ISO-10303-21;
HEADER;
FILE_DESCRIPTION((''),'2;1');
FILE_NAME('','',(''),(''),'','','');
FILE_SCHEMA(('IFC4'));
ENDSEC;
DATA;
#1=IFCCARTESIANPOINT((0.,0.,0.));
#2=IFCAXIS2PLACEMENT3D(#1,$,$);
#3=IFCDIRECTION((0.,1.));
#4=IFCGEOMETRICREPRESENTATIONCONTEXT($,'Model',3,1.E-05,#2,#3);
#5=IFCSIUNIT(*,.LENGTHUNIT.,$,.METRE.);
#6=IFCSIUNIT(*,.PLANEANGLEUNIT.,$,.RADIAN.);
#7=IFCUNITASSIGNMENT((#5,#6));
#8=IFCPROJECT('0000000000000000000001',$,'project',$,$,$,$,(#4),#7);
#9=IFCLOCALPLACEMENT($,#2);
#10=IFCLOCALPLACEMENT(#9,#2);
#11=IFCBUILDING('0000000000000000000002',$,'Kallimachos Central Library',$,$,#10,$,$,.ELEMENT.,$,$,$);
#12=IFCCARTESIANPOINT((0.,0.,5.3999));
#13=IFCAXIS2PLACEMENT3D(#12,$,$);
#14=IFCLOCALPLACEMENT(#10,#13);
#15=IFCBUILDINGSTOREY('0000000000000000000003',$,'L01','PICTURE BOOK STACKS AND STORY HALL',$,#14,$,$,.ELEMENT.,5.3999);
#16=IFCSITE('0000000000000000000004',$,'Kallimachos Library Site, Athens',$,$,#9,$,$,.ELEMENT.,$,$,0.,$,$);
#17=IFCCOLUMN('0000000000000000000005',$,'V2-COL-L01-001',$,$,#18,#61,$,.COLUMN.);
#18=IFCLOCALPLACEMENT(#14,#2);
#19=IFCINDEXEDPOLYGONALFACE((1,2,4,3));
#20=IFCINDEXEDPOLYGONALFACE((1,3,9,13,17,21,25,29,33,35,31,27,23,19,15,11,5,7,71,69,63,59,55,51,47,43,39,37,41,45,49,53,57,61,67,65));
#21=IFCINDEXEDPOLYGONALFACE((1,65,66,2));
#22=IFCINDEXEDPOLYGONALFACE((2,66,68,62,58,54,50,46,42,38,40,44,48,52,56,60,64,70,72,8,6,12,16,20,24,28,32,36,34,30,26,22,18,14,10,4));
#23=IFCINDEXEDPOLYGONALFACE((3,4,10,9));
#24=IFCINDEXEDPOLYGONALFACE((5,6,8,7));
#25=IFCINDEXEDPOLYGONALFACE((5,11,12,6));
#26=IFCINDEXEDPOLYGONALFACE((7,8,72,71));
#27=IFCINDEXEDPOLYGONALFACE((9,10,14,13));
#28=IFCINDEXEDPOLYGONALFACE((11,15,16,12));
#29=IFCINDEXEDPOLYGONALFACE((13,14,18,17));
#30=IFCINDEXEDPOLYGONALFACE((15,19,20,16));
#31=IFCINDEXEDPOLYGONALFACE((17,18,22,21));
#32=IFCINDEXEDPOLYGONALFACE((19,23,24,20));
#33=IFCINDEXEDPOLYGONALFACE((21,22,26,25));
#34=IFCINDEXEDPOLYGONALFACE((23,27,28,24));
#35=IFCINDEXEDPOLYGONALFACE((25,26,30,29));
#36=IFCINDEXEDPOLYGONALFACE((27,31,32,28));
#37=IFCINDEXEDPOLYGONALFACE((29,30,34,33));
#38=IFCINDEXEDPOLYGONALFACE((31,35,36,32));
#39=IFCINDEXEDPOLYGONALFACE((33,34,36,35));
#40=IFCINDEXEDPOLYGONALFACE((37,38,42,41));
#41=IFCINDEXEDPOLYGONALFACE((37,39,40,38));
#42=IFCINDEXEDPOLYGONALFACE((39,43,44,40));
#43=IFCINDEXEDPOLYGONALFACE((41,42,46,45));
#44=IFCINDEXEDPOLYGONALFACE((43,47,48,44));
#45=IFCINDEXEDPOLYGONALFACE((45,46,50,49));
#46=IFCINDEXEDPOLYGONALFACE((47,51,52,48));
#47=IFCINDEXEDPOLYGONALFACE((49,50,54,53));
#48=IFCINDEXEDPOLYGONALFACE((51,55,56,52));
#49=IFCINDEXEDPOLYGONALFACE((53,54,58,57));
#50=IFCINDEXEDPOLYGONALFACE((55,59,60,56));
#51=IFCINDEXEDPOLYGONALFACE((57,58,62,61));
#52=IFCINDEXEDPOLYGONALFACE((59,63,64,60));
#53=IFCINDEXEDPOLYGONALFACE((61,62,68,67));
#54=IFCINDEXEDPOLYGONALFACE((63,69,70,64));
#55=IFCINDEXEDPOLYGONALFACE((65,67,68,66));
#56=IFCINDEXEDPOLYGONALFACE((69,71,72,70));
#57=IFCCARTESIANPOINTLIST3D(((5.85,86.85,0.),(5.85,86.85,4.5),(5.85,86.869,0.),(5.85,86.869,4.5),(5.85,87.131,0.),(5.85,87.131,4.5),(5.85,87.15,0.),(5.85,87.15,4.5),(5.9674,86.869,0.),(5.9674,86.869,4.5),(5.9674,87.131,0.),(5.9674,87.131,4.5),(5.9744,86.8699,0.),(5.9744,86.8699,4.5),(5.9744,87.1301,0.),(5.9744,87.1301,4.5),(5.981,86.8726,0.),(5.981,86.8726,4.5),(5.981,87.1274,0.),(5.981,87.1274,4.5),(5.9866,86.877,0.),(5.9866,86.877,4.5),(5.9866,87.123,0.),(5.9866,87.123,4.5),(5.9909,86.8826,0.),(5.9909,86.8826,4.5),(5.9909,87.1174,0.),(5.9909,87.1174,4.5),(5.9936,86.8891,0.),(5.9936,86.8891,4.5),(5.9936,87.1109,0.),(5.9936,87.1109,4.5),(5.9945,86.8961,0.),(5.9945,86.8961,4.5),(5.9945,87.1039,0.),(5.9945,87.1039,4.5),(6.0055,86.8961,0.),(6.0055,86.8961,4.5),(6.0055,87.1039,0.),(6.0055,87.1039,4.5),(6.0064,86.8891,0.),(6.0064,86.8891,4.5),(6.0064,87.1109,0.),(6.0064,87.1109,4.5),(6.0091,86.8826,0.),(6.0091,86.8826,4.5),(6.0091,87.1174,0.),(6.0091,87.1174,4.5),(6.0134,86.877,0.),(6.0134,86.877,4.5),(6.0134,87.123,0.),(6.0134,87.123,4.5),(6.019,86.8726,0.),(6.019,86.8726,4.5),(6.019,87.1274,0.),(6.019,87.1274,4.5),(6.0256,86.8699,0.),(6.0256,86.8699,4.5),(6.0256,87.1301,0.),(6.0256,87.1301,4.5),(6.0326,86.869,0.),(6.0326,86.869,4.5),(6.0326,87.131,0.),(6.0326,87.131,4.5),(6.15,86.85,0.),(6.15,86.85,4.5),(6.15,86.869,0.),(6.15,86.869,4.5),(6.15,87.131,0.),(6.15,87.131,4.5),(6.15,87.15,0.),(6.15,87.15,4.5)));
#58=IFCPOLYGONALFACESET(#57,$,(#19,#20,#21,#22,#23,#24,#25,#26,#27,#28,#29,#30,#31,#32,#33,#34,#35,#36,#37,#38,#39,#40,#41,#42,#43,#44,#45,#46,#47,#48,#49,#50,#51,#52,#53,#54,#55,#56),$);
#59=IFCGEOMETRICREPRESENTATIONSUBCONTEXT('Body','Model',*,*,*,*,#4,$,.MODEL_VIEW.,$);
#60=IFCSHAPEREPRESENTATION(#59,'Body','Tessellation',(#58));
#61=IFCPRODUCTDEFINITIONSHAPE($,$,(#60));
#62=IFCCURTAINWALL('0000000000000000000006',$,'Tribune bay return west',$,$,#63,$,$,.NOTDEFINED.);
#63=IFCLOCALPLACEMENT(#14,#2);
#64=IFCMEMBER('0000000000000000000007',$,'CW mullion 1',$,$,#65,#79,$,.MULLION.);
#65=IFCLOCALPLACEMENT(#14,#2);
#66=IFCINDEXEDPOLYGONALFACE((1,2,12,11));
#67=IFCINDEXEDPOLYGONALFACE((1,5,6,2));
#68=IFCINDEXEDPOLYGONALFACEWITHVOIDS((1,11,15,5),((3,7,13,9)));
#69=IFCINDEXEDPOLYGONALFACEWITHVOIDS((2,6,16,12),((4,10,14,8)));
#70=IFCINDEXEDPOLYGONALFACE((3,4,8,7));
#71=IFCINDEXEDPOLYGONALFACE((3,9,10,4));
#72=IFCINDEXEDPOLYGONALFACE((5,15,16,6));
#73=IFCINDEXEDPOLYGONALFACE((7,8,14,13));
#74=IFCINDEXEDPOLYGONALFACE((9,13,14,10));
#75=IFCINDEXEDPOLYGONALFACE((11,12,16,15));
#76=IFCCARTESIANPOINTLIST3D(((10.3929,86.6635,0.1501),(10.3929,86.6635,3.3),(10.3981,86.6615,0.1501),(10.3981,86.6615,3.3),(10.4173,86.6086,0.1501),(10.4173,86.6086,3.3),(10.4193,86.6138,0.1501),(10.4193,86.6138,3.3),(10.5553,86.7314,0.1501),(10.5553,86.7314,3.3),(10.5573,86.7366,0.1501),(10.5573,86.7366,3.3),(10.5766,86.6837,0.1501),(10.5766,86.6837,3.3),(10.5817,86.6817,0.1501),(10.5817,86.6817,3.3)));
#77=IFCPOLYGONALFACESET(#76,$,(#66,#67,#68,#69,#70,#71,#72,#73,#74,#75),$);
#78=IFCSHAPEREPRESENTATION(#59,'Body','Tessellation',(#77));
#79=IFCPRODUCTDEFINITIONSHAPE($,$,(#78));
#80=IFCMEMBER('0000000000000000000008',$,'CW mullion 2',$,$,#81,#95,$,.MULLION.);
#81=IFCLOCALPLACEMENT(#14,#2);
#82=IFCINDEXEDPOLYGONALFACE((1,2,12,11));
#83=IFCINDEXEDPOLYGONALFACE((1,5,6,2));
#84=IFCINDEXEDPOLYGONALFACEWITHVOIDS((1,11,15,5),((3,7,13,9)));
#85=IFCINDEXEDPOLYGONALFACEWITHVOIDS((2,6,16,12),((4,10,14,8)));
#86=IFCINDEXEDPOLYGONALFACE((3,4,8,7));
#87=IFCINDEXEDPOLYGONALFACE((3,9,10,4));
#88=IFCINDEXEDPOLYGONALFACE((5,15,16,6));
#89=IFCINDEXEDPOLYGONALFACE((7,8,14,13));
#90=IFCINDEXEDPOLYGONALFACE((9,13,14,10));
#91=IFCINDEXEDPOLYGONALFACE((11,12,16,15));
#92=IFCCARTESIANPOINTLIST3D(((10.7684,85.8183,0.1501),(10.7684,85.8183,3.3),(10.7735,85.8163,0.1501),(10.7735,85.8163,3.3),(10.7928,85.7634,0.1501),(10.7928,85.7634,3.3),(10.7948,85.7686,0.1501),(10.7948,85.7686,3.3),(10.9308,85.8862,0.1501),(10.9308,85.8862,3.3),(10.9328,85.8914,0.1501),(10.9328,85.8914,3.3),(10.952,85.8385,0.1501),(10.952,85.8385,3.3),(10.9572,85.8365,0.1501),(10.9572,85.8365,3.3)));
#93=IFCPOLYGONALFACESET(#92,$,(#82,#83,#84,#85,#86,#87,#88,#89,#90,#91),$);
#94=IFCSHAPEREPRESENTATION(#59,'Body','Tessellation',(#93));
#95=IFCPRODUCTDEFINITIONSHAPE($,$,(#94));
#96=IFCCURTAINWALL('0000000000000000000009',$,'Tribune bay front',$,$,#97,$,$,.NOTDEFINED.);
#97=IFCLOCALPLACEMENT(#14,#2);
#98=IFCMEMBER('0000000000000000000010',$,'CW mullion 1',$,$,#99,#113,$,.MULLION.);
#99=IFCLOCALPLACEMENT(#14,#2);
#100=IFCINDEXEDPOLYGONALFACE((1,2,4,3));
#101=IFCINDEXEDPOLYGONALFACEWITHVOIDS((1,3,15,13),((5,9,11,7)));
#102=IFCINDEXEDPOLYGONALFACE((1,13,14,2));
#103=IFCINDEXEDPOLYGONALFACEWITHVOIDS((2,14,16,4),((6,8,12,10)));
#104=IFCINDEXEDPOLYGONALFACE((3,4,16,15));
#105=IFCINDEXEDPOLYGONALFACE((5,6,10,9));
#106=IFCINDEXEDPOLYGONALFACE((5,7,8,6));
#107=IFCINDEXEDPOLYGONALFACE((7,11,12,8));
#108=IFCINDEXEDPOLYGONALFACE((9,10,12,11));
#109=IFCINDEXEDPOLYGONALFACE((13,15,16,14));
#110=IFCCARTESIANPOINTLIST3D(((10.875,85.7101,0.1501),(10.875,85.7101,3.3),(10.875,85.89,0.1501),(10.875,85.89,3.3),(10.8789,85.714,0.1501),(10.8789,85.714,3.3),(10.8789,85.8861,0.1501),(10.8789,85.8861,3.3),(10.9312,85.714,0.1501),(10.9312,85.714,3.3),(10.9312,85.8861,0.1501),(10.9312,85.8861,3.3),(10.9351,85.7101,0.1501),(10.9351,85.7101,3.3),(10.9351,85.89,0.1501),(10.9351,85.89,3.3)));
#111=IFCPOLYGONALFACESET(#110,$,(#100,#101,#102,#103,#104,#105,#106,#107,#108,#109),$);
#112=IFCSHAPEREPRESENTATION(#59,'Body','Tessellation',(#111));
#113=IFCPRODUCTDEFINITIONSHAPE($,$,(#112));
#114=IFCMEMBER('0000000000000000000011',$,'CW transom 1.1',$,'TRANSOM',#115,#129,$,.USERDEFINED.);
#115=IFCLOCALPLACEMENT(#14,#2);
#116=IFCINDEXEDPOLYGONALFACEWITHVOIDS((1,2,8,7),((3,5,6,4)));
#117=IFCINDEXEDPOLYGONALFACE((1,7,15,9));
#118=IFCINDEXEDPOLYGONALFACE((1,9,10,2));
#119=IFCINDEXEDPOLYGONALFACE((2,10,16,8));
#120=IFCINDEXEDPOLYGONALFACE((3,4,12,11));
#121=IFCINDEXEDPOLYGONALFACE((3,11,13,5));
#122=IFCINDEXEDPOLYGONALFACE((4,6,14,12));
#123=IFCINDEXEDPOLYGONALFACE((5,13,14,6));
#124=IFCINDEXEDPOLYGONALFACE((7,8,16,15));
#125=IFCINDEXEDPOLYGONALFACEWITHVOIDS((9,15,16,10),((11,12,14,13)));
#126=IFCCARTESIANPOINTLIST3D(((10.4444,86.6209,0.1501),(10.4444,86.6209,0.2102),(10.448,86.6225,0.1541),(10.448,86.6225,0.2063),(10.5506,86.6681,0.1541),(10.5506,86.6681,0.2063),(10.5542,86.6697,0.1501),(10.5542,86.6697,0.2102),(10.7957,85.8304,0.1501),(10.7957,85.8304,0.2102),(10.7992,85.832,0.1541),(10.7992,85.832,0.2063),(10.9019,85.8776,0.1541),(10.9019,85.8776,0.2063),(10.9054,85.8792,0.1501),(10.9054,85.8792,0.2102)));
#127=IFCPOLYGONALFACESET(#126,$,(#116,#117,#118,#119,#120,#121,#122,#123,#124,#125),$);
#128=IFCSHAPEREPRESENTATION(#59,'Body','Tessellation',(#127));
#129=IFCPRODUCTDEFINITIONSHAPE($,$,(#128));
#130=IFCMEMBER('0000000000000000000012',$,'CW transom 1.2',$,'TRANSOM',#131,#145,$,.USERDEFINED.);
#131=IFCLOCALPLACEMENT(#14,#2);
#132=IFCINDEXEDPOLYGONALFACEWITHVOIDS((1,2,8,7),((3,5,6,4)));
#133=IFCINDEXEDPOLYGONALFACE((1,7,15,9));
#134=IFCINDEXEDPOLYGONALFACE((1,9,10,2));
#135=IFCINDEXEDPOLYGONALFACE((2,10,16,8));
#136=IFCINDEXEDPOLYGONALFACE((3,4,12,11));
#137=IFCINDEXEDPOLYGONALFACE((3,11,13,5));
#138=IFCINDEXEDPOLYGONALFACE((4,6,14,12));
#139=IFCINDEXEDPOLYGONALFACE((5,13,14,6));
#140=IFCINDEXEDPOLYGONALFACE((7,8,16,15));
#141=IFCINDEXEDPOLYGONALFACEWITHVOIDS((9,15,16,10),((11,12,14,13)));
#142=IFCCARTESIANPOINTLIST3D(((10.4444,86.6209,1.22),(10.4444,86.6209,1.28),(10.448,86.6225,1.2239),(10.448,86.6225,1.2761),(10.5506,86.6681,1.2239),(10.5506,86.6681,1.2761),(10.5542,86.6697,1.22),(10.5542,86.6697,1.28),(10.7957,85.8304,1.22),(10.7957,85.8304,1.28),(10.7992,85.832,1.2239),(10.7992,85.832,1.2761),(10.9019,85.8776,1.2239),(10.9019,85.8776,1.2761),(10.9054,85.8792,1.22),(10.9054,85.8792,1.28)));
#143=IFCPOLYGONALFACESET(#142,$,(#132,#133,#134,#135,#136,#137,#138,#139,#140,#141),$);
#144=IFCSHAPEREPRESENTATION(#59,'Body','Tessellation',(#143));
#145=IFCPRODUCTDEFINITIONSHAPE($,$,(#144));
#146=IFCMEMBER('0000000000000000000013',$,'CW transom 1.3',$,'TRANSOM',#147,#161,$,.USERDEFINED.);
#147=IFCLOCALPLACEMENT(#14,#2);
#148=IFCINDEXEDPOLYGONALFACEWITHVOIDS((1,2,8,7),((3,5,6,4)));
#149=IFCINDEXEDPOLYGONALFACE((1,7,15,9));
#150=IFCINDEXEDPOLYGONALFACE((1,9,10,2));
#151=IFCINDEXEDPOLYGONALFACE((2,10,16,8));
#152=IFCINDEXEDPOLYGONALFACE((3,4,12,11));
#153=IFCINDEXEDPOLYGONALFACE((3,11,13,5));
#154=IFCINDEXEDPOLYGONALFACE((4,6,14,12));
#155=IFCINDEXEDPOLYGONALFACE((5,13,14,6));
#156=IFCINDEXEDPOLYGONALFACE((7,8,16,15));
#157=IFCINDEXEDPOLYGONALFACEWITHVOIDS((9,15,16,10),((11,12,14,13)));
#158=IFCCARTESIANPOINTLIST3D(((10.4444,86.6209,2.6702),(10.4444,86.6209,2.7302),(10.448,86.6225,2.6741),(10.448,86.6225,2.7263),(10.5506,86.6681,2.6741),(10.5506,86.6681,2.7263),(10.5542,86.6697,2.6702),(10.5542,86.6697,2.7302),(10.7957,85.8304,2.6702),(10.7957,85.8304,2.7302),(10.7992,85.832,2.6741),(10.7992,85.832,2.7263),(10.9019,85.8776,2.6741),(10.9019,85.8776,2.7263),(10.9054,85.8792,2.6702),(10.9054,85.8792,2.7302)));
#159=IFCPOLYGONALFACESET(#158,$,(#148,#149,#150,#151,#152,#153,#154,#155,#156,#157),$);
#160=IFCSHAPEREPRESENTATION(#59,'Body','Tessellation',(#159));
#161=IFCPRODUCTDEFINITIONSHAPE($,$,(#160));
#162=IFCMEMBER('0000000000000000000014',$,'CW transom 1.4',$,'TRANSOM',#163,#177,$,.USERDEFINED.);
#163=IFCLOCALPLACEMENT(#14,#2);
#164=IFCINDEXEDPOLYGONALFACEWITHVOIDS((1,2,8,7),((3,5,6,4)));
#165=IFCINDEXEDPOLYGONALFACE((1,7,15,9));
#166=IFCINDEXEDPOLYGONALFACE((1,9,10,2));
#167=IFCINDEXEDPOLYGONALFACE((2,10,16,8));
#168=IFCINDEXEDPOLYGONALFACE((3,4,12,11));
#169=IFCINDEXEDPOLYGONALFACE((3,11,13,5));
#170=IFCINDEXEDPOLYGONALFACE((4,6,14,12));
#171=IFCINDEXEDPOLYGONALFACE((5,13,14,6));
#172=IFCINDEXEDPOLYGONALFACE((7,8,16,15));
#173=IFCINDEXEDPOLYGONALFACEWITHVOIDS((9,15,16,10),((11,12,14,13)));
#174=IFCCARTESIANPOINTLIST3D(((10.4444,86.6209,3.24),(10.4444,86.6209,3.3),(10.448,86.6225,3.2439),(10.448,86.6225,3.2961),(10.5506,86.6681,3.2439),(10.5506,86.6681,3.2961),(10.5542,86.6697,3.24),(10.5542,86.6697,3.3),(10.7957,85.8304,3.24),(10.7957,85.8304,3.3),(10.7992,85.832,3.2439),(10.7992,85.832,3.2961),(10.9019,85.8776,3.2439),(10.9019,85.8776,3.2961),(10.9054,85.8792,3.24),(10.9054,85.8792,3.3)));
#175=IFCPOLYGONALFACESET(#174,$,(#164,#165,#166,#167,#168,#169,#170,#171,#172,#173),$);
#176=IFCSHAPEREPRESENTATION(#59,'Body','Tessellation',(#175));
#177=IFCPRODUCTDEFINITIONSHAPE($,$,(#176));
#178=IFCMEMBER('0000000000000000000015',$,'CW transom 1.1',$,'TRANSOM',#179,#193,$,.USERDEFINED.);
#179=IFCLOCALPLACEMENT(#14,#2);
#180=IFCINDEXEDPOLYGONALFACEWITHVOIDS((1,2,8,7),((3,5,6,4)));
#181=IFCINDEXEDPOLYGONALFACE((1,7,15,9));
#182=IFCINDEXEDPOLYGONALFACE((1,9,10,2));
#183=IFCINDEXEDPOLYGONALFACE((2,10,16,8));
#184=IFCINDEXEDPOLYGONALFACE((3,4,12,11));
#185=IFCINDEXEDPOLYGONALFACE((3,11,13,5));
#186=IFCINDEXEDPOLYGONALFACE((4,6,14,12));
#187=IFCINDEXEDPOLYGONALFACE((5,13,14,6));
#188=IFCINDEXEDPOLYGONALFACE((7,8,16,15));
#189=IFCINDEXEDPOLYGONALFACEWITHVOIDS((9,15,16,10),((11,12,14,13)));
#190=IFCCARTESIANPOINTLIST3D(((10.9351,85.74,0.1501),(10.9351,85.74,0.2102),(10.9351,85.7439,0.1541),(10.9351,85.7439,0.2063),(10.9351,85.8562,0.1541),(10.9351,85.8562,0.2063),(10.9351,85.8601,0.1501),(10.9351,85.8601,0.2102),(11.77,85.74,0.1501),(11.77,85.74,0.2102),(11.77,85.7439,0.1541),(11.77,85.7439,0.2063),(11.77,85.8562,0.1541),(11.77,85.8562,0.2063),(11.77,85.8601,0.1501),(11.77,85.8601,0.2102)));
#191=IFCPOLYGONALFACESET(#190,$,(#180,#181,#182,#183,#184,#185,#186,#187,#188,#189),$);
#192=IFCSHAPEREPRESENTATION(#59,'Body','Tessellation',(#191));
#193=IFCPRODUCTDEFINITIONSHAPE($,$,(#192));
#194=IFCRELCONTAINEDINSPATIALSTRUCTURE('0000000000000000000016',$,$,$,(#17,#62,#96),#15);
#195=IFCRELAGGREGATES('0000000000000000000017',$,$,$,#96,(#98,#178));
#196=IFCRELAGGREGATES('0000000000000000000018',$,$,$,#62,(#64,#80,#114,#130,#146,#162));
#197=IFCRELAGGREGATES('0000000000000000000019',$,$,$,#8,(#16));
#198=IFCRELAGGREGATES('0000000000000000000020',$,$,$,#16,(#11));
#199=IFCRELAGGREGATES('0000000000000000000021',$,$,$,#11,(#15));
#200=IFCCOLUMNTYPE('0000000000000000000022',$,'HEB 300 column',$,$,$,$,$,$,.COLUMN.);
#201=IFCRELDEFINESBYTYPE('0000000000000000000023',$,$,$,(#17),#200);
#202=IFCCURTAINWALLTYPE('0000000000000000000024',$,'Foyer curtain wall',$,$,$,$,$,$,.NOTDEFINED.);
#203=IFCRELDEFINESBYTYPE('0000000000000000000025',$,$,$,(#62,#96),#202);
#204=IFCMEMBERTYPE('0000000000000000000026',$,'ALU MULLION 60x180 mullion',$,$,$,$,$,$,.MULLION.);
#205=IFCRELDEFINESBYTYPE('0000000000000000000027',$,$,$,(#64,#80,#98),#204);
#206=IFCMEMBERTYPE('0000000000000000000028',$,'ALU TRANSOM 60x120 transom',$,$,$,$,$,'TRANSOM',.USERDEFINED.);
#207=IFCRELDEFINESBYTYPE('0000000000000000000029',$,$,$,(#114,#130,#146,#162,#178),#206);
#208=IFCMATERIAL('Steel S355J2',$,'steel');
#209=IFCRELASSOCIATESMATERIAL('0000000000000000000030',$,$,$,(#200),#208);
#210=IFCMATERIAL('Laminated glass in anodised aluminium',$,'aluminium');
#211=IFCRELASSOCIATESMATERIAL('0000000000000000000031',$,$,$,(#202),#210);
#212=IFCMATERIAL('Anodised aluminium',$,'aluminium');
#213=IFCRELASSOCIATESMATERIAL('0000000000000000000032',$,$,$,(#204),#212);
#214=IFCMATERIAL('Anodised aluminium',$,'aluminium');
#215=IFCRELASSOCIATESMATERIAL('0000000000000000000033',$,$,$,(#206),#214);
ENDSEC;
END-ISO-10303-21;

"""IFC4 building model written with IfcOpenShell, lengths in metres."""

from ifc_helpers import new_model, si_unit, direction, frame, origin, origin_2d, place, context, subcontext, project, spatial, hollow_rectangle, i_section, extrude, material, material_profile, profile_set, type_object, element, aggregate, save


model = new_model("IFC4")

# Units and contexts
model_context = context("Model", 3, precision=1e-05, world=origin(), true_north=direction((0.0, 1.0)))
body_context = subcontext(model_context, "Body", "Model", "MODEL_VIEW")
ifc_project = project(units=[si_unit("LENGTHUNIT", "METRE"), si_unit("PLANEANGLEUNIT", "RADIAN")], contexts=[model_context])

# Site, building, storey
site_placement = place(None, origin())
site = spatial("IfcSite", under=ifc_project, at=site_placement, Name="Kallimachos Library Site, Athens", CompositionType="ELEMENT", RefElevation=0.0)
building_placement = place(site_placement, origin())
building = spatial("IfcBuilding", under=site, at=building_placement, Name="Kallimachos Central Library", CompositionType="ELEMENT")
storey_placement = place(building_placement, frame((0.0, 0.0, 5.3999)))
storey = spatial("IfcBuildingStorey", under=building, at=storey_placement, Name="L01", Description="PICTURE BOOK STACKS AND STORY HALL", CompositionType="ELEMENT", Elevation=5.3999)

# Column
ifc_material_1 = material(Name="Steel S355J2", Category="steel")
ifc_material_profile_1 = material_profile(ifc_material_1, i_section(OverallWidth=0.3, OverallDepth=0.3, WebThickness=0.011, FlangeThickness=0.019, FilletRadius=0.0271, at=origin_2d()), Name="HEB 300")
ifc_profile_set_1 = profile_set([ifc_material_profile_1], Name="Steel S355J2")
column_type = type_object("IfcColumnType", Name="HEB 300 column", PredefinedType="COLUMN", material=ifc_profile_set_1)
column_placement = place(storey_placement, frame((6.0, 87.0, 0.0), z_axis=(0.0, 0.0, 1.0), x_axis=(1.0, 0.0, 0.0)))
element("IfcColumn", 1, at=column_placement, inside=storey, type_object=column_type, Name="V2-COL-L01-001", PredefinedType="COLUMN", context=body_context, shape_type="SweptSolid", body=[
    extrude(i_section(OverallWidth=0.3, OverallDepth=0.3, WebThickness=0.011, FlangeThickness=0.019, FilletRadius=0.0271, at=origin_2d()), origin(), (0.0, 0.0, 1.0), 4.5),
])

# Curtain wall, members
ifc_material_2 = material(Name="Laminated glass in anodised aluminium", Category="aluminium")
curtain_wall_type = type_object("IfcCurtainWallType", Name="Foyer curtain wall", PredefinedType="NOTDEFINED", material=ifc_material_2)
curtain_wall_1_placement = place(storey_placement, origin())
curtain_wall_1 = element("IfcCurtainWall", 2, at=curtain_wall_1_placement, inside=storey, type_object=curtain_wall_type, Name="Tribune bay return west", PredefinedType="NOTDEFINED")
ifc_material_3 = material(Name="Anodised aluminium", Category="aluminium")
ifc_material_profile_2 = material_profile(ifc_material_3, hollow_rectangle(XDim=0.0601, YDim=0.1799, WallThickness=0.0039, at=origin_2d()), Name="ALU MULLION 60x180")
ifc_profile_set_2 = profile_set([ifc_material_profile_2], Name="Anodised aluminium")
member_type_1 = type_object("IfcMemberType", Name="ALU MULLION 60x180 mullion", PredefinedType="MULLION", material=ifc_profile_set_2)
member_1_placement = place(storey_placement, frame((10.4873, 86.6726, 0.1501), z_axis=(0.0, 0.0, 1.0), x_axis=(0.406138, -0.913812, 0.0)))
member_1 = element("IfcMember", 3, at=member_1_placement, type_object=member_type_1, Name="CW mullion 1", PredefinedType="MULLION", context=body_context, shape_type="SweptSolid", body=[
    extrude(hollow_rectangle(XDim=0.0601, YDim=0.1799, WallThickness=0.0039, at=origin_2d()), origin(), (0.0, 0.0, 1.0), 3.1499),
])
member_2_placement = place(storey_placement, frame((10.8628, 85.8274, 0.1501), z_axis=(0.0, 0.0, 1.0), x_axis=(0.406138, -0.913812, 0.0)))
member_2 = element("IfcMember", 4, at=member_2_placement, type_object=member_type_1, Name="CW mullion 2", PredefinedType="MULLION", context=body_context, shape_type="SweptSolid", body=[
    extrude(hollow_rectangle(XDim=0.0601, YDim=0.1799, WallThickness=0.0039, at=origin_2d()), origin(), (0.0, 0.0, 1.0), 3.1499),
])

# Curtain wall, member
curtain_wall_2_placement = place(storey_placement, origin())
curtain_wall_2 = element("IfcCurtainWall", 5, at=curtain_wall_2_placement, inside=storey, type_object=curtain_wall_type, Name="Tribune bay front", PredefinedType="NOTDEFINED")
member_3_placement = place(storey_placement, frame((10.905, 85.8, 0.1501), z_axis=(0.0, 0.0, 1.0), x_axis=(1.0, 0.0, 0.0)))
member_3 = element("IfcMember", 6, at=member_3_placement, type_object=member_type_1, Name="CW mullion 1", PredefinedType="MULLION", context=body_context, shape_type="SweptSolid", body=[
    extrude(hollow_rectangle(XDim=0.0601, YDim=0.1799, WallThickness=0.0039, at=origin_2d()), origin(), (0.0, 0.0, 1.0), 3.1499),
])

# Members
ifc_material_4 = material(Name="Anodised aluminium", Category="aluminium")
ifc_material_profile_3 = material_profile(ifc_material_4, hollow_rectangle(XDim=0.0601, YDim=0.1201, WallThickness=0.0039, at=origin_2d()), Name="ALU TRANSOM 60x120")
ifc_profile_set_3 = profile_set([ifc_material_profile_3], Name="Anodised aluminium")
member_type_2 = type_object("IfcMemberType", Name="ALU TRANSOM 60x120 transom", ElementType="TRANSOM", PredefinedType="USERDEFINED", material=ifc_profile_set_3)
member_4_placement = place(storey_placement, frame((10.4993, 86.6453, 0.1802), z_axis=(0.406112, -0.913823, 0.0), x_axis=(0.0, 0.0, 1.0)))
member_4 = element("IfcMember", 7, at=member_4_placement, type_object=member_type_2, Name="CW transom 1.1", ObjectType="TRANSOM", PredefinedType="USERDEFINED", context=body_context, shape_type="SweptSolid", body=[
    extrude(hollow_rectangle(XDim=0.0601, YDim=0.1201, WallThickness=0.0039, at=origin_2d()), origin(), (0.0, 0.0, 1.0), 0.865),
])
member_5_placement = place(storey_placement, frame((10.4993, 86.6453, 1.25), z_axis=(0.406112, -0.913823, 0.0), x_axis=(0.0, 0.0, 1.0)))
member_5 = element("IfcMember", 8, at=member_5_placement, type_object=member_type_2, Name="CW transom 1.2", ObjectType="TRANSOM", PredefinedType="USERDEFINED", context=body_context, shape_type="SweptSolid", body=[
    extrude(hollow_rectangle(XDim=0.0601, YDim=0.1201, WallThickness=0.0039, at=origin_2d()), origin(), (0.0, 0.0, 1.0), 0.865),
])
member_6_placement = place(storey_placement, frame((10.4993, 86.6453, 2.7002), z_axis=(0.406112, -0.913823, 0.0), x_axis=(0.0, 0.0, 1.0)))
member_6 = element("IfcMember", 9, at=member_6_placement, type_object=member_type_2, Name="CW transom 1.3", ObjectType="TRANSOM", PredefinedType="USERDEFINED", context=body_context, shape_type="SweptSolid", body=[
    extrude(hollow_rectangle(XDim=0.0601, YDim=0.1201, WallThickness=0.0039, at=origin_2d()), origin(), (0.0, 0.0, 1.0), 0.865),
])
member_7_placement = place(storey_placement, frame((10.4993, 86.6453, 3.27), z_axis=(0.406112, -0.913823, 0.0), x_axis=(0.0, 0.0, 1.0)))
member_7 = element("IfcMember", 10, at=member_7_placement, type_object=member_type_2, Name="CW transom 1.4", ObjectType="TRANSOM", PredefinedType="USERDEFINED", context=body_context, shape_type="SweptSolid", body=[
    extrude(hollow_rectangle(XDim=0.0601, YDim=0.1201, WallThickness=0.0039, at=origin_2d()), origin(), (0.0, 0.0, 1.0), 0.865),
])
member_8_placement = place(storey_placement, frame((10.9351, 85.8, 0.1802), z_axis=(1.0, 0.0, 0.0), x_axis=(0.0, 0.0, 1.0)))
member_8 = element("IfcMember", 11, at=member_8_placement, type_object=member_type_2, Name="CW transom 1.1", ObjectType="TRANSOM", PredefinedType="USERDEFINED", context=body_context, shape_type="SweptSolid", body=[
    extrude(hollow_rectangle(XDim=0.0601, YDim=0.1201, WallThickness=0.0039, at=origin_2d()), origin(), (0.0, 0.0, 1.0), 0.835),
])
aggregate(curtain_wall_2, [member_3, member_8])

aggregate(curtain_wall_1, [member_1, member_2, member_4, member_5, member_6, member_7])

save(model, "model.ifc")
